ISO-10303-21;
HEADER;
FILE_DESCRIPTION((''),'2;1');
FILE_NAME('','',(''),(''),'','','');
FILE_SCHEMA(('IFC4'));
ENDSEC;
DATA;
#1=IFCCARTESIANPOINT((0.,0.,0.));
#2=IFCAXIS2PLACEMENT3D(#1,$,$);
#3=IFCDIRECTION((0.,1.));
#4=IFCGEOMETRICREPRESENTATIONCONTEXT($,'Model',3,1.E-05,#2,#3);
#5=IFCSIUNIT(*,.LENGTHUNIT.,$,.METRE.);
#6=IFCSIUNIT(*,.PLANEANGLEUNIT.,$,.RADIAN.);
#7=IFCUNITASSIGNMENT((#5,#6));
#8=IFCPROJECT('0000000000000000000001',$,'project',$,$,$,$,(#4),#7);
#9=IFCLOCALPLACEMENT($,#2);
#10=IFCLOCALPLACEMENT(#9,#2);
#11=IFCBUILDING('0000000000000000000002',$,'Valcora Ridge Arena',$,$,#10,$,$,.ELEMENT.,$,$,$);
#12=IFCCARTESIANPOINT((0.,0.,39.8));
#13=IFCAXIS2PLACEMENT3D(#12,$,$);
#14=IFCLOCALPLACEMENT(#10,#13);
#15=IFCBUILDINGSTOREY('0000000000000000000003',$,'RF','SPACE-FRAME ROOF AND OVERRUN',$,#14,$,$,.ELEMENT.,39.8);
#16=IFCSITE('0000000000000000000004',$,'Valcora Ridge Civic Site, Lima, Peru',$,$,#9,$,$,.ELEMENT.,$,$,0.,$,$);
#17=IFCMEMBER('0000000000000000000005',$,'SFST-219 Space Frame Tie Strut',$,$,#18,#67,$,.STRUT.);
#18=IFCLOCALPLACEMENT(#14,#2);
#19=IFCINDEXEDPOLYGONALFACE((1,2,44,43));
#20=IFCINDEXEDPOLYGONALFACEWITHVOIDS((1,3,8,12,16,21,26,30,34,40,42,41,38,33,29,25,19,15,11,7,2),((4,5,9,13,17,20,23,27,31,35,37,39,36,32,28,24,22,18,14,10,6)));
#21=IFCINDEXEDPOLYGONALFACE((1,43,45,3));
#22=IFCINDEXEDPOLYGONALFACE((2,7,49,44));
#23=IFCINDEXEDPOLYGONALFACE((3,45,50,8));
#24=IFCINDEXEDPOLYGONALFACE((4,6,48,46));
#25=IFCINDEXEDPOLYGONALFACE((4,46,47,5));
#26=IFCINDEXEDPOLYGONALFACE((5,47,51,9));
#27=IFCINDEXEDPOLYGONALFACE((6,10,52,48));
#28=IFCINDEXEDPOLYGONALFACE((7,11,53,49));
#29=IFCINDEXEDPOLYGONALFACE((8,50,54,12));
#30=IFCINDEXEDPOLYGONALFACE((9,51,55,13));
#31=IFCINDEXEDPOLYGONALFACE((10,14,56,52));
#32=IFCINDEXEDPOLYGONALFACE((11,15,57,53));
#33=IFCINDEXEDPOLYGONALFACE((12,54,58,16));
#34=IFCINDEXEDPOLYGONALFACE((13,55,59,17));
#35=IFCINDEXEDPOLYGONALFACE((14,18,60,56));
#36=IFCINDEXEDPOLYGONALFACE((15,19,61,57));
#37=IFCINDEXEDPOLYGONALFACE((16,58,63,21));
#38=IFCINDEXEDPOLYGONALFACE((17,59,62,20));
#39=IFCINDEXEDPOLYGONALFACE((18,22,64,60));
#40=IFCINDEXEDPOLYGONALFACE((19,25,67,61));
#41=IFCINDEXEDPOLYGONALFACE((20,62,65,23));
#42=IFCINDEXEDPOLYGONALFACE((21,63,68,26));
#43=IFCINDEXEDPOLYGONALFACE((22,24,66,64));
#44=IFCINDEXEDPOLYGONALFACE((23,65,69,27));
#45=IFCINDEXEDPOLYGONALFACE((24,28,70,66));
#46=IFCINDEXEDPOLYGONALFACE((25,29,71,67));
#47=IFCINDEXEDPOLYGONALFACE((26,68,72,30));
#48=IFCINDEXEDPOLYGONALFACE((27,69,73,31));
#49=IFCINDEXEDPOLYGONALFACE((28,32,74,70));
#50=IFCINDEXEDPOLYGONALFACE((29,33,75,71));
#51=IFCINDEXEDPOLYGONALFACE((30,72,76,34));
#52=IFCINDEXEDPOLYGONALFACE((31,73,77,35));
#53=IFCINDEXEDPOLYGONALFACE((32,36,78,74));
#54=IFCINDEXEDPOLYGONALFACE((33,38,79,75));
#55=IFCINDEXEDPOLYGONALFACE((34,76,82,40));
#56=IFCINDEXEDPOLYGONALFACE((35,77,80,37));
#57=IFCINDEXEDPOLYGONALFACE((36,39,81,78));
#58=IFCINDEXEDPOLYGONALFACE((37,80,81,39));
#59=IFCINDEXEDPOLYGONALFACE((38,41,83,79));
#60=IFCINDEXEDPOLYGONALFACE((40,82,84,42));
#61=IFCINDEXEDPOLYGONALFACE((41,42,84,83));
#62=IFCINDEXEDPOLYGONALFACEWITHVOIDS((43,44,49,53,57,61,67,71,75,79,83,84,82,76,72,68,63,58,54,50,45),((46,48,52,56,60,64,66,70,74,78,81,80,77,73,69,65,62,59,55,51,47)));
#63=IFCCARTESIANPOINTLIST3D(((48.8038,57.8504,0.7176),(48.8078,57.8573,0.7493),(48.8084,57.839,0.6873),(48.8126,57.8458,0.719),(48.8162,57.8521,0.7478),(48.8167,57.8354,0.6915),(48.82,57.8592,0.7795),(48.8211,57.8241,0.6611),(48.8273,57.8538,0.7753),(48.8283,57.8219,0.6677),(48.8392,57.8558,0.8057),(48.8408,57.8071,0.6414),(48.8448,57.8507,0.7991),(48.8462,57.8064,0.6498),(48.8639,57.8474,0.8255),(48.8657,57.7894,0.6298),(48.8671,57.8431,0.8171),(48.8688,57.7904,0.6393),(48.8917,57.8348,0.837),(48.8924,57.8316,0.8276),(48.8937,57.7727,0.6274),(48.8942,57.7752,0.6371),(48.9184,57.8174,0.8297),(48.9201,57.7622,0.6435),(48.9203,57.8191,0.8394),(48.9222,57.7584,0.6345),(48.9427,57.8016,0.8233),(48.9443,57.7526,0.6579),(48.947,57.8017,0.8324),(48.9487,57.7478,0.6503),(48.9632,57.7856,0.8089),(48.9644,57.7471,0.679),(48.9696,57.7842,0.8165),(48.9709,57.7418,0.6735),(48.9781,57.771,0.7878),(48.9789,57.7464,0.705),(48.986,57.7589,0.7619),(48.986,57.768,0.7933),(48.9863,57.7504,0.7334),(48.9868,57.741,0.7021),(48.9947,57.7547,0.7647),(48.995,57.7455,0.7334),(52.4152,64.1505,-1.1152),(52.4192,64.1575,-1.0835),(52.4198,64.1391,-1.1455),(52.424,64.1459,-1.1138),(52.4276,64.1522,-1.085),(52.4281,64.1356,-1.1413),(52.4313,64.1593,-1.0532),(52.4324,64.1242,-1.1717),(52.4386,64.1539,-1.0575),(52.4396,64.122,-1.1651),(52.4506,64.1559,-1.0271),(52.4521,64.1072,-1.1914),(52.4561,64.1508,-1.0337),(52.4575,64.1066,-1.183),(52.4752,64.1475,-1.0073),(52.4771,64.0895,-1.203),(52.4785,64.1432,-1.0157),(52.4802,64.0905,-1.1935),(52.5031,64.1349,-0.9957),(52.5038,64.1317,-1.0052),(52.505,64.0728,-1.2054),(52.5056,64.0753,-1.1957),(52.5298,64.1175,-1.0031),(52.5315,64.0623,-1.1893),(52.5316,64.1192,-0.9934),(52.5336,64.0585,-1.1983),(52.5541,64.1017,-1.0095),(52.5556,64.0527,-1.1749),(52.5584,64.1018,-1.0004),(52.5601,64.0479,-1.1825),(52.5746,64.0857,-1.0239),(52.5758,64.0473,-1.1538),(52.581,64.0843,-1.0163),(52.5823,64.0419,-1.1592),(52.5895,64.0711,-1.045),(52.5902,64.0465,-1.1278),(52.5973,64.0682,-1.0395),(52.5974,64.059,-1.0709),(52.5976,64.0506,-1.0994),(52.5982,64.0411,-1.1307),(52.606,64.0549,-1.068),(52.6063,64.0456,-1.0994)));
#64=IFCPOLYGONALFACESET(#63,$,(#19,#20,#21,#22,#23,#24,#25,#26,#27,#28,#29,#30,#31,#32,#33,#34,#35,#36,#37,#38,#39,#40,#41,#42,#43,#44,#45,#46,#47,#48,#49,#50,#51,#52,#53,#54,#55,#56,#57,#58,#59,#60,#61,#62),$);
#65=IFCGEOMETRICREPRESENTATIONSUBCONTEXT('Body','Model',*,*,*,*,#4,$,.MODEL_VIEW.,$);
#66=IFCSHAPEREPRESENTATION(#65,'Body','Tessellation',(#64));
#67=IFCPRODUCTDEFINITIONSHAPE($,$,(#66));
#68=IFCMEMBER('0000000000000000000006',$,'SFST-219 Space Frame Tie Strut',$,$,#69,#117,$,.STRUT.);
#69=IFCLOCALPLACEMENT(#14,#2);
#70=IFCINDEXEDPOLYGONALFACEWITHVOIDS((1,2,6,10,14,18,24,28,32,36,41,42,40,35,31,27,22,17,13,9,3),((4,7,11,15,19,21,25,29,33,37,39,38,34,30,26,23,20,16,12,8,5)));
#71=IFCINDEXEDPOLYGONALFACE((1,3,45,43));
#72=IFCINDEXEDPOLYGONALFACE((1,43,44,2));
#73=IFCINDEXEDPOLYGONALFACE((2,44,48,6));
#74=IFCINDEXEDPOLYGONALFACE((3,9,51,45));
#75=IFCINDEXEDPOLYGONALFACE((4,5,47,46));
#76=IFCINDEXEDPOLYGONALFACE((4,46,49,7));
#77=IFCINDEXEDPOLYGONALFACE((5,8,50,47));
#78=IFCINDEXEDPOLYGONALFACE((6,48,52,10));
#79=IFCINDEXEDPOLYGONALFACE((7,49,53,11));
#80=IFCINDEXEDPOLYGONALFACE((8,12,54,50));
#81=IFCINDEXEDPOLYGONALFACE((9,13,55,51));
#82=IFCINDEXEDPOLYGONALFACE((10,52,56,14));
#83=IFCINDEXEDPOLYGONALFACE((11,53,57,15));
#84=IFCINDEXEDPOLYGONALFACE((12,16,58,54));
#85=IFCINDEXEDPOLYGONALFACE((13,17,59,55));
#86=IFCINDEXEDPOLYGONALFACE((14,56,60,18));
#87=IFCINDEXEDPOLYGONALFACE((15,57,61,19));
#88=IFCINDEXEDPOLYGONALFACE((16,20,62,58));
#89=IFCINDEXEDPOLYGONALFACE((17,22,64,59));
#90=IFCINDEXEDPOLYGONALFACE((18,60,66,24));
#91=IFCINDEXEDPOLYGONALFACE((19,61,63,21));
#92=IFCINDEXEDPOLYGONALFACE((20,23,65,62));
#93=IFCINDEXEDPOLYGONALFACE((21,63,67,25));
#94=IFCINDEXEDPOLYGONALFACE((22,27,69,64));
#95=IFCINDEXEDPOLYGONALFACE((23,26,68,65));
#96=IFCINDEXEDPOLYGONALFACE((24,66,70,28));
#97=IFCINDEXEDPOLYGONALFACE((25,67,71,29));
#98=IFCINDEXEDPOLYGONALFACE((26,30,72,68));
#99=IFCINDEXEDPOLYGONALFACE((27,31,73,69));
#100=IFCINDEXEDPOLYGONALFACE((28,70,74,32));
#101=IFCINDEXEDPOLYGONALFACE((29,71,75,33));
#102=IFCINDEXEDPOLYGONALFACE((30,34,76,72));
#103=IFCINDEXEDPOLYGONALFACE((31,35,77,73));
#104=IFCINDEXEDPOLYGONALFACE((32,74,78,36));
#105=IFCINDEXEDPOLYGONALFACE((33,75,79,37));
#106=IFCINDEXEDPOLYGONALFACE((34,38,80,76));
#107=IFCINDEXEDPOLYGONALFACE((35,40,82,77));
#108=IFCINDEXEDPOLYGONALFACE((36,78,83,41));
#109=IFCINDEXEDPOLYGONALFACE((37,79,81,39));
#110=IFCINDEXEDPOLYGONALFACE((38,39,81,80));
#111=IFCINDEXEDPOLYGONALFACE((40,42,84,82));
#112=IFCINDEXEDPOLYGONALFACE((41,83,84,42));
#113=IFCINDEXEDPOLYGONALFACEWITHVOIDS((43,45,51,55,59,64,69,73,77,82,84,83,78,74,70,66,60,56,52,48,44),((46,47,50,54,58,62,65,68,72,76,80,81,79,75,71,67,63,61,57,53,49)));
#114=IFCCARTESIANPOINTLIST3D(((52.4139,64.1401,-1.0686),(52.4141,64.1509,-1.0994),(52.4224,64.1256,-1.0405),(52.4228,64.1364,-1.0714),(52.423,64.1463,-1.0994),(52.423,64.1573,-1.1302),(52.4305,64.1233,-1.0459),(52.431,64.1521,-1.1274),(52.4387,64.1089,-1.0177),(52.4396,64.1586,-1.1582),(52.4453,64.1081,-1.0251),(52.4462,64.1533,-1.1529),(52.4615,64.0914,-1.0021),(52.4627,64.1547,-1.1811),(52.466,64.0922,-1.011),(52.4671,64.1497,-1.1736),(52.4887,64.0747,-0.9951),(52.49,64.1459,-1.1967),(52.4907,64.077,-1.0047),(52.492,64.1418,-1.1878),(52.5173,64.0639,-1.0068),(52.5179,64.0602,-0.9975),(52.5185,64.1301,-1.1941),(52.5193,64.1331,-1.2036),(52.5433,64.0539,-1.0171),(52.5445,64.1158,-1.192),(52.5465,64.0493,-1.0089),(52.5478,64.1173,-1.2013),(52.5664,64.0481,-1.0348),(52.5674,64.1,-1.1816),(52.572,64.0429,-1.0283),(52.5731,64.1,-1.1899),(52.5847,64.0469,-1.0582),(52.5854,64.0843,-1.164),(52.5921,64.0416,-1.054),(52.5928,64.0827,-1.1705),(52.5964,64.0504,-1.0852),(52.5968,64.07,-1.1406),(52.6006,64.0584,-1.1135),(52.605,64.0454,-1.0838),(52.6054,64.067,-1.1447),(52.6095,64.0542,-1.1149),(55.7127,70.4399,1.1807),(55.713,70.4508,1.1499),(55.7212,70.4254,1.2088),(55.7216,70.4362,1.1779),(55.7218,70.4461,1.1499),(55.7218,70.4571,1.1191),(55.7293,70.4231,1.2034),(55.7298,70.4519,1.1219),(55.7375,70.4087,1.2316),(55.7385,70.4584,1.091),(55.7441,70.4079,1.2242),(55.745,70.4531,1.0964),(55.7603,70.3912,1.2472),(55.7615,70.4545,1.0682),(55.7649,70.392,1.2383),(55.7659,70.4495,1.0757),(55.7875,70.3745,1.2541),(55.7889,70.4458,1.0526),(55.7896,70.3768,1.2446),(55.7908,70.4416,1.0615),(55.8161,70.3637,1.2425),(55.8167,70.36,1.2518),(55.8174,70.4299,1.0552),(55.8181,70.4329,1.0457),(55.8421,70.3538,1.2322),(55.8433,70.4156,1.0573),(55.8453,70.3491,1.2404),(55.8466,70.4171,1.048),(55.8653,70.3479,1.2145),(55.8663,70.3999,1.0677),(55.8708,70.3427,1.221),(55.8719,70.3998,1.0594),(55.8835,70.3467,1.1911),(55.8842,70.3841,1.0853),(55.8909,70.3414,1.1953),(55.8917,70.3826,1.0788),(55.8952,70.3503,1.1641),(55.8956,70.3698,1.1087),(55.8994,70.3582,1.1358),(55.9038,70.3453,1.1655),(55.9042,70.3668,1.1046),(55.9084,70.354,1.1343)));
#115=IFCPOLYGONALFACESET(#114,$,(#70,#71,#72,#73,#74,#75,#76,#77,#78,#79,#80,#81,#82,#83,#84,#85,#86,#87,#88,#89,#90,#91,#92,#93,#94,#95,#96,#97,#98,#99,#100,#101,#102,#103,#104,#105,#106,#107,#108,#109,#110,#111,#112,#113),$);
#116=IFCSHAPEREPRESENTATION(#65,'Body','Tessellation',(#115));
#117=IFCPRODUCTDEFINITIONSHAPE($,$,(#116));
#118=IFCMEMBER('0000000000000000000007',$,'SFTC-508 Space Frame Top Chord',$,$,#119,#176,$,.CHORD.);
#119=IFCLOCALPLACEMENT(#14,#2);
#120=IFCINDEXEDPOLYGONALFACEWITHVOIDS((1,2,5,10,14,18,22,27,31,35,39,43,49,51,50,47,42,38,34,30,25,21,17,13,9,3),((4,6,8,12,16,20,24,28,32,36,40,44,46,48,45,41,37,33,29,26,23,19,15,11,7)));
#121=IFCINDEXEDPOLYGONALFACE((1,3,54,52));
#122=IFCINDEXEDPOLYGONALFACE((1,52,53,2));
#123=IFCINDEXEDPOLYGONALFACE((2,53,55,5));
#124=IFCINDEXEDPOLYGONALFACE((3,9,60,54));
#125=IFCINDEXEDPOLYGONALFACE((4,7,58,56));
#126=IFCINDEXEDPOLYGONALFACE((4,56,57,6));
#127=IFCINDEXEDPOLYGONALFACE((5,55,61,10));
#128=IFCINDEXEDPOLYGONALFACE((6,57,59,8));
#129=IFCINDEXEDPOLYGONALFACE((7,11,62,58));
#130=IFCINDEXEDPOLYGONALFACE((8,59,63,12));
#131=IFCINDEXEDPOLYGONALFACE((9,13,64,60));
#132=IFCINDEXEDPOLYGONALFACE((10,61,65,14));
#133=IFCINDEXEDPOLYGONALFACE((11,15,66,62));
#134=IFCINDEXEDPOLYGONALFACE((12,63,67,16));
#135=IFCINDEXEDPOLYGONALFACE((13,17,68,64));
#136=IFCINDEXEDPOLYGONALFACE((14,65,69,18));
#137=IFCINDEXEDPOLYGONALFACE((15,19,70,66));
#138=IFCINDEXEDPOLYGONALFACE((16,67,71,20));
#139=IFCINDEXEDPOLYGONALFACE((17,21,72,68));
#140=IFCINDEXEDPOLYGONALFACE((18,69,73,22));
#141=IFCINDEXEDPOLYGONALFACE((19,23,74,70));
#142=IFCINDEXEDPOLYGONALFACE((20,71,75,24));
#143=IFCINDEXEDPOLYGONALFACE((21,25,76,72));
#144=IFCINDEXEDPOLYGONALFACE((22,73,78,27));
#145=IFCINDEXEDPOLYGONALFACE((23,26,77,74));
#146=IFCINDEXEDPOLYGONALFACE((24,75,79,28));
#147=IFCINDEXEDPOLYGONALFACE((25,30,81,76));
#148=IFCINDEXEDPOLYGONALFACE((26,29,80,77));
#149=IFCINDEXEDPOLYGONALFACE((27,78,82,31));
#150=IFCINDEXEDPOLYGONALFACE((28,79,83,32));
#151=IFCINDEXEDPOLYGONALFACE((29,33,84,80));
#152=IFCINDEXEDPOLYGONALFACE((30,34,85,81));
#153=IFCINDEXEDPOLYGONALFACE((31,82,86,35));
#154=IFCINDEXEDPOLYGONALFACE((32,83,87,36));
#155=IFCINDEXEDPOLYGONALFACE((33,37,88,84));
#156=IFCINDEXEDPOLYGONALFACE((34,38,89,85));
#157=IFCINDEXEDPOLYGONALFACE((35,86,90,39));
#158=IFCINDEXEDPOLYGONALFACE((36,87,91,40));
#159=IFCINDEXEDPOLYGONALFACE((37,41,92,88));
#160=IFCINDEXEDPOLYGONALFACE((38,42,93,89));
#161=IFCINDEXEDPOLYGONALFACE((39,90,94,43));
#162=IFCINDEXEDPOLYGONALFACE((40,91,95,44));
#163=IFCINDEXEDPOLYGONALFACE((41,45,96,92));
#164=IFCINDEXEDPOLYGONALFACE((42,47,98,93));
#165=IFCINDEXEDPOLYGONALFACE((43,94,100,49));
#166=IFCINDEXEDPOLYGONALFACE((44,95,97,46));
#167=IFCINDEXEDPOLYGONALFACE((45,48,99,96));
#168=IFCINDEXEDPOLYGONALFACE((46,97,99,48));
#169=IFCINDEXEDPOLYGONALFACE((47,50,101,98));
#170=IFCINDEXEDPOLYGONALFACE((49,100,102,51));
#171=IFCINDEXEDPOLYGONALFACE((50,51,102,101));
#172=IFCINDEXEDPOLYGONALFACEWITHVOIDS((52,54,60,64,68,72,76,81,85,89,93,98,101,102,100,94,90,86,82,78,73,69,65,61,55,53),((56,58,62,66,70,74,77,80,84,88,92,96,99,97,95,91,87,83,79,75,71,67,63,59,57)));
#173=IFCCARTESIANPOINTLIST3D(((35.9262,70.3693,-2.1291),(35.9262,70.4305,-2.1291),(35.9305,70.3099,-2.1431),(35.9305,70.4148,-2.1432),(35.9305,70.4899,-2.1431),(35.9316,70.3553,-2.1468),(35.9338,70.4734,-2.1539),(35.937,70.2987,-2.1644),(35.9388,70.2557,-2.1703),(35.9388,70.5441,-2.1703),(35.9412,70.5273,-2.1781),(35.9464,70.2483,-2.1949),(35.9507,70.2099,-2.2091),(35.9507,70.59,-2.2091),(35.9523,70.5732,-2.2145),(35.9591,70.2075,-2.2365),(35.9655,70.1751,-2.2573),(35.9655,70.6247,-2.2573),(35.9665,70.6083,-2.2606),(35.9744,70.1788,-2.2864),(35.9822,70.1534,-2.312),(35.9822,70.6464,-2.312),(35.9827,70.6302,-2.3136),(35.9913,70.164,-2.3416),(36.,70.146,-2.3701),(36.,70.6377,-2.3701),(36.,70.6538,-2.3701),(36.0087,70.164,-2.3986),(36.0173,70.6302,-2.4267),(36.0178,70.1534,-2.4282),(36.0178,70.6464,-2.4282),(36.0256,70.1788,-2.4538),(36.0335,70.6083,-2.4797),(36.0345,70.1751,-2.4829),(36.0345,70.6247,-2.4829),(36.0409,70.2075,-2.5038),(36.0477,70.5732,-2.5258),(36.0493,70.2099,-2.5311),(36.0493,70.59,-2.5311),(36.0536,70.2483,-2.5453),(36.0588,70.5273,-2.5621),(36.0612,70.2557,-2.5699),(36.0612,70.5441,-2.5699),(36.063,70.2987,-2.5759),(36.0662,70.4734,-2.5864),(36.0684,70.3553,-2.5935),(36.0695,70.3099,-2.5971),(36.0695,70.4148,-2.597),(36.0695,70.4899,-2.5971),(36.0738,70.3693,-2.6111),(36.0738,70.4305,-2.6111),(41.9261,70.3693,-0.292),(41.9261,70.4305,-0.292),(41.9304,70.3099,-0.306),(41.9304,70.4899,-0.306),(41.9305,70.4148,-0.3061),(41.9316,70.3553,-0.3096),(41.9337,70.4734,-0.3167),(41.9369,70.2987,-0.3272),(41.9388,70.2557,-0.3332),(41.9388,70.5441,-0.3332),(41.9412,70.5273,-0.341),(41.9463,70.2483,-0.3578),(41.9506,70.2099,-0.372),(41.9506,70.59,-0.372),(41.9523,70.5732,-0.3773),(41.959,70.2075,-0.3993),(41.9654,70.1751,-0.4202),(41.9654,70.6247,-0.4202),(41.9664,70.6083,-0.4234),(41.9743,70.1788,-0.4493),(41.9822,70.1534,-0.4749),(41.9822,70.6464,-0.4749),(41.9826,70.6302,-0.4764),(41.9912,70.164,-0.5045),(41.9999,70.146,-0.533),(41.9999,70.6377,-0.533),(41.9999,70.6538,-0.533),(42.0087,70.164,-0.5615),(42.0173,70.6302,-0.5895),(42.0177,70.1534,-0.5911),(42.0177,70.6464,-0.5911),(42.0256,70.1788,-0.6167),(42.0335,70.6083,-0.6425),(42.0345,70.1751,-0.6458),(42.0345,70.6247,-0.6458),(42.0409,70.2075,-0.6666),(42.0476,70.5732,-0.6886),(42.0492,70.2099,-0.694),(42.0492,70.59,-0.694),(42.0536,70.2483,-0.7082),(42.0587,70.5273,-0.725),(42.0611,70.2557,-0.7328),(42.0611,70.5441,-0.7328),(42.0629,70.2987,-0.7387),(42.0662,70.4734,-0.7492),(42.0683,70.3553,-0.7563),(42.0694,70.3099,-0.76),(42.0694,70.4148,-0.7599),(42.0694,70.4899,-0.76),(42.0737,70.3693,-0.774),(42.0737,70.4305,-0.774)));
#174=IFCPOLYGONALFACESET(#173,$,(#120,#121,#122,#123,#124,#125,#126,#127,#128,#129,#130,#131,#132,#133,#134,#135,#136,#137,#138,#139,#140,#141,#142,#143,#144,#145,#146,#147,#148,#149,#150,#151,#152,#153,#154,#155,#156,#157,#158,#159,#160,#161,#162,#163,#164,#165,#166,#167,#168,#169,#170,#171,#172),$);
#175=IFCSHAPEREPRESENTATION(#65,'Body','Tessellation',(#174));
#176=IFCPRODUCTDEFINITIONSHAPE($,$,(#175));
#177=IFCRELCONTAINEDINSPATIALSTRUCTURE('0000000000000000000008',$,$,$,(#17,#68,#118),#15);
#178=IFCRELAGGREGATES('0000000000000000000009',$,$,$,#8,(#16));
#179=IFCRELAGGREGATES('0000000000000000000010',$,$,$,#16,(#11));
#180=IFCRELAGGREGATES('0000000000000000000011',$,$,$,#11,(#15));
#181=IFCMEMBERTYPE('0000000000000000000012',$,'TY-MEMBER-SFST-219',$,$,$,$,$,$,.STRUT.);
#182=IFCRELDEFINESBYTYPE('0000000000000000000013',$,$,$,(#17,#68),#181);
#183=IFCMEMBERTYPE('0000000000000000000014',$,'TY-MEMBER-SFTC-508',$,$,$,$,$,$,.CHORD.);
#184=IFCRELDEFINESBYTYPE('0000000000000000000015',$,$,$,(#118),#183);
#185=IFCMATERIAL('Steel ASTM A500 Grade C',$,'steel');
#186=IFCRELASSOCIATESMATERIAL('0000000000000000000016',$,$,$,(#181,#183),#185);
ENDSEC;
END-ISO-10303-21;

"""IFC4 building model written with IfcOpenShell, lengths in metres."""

from ifc_helpers import new_model, si_unit, direction, frame, origin, origin_2d, place, context, subcontext, project, spatial, hollow_circle, extrude, material, material_profile, profile_set, type_object, element, save


model = new_model("IFC4")

# Units and contexts
model_context = context("Model", 3, precision=1e-05, world=origin(), true_north=direction((0.0, 1.0)))
body_context = subcontext(model_context, "Body", "Model", "MODEL_VIEW")
ifc_project = project(units=[si_unit("LENGTHUNIT", "METRE"), si_unit("PLANEANGLEUNIT", "RADIAN")], contexts=[model_context])

# Site, building, storey
site_placement = place(None, origin())
site = spatial("IfcSite", under=ifc_project, at=site_placement, Name="Valcora Ridge Civic Site, Lima, Peru", CompositionType="ELEMENT", RefElevation=0.0)
building_placement = place(site_placement, origin())
building = spatial("IfcBuilding", under=site, at=building_placement, Name="Valcora Ridge Arena", CompositionType="ELEMENT")
storey_placement = place(building_placement, frame((0.0, 0.0, 39.8)))
storey = spatial("IfcBuildingStorey", under=building, at=storey_placement, Name="RF", Description="SPACE-FRAME ROOF AND OVERRUN", CompositionType="ELEMENT", Elevation=39.8)

# Members
ifc_material_1 = material(Name="Steel ASTM A500 Grade C", Category="steel")
ifc_material_profile_1 = material_profile(ifc_material_1, hollow_circle(Radius=0.1096, WallThickness=0.01, at=origin_2d()), Name="CHS219X10")
ifc_profile_set_1 = profile_set([ifc_material_profile_1], Name="Steel ASTM A500 Grade C")
member_type_1 = type_object("IfcMemberType", Name="TY-MEMBER-SFST-219", PredefinedType="STRUT", material=ifc_profile_set_1)
member_1_placement = place(storey_placement, frame((52.5112, 64.1001, -1.0994), z_axis=(-0.482191, -0.841194, 0.244714), x_axis=(0.867572, -0.497312, 0.0)))
element("IfcMember", 1, at=member_1_placement, inside=storey, type_object=member_type_1, Name="SFST-219 Space Frame Tie Strut", PredefinedType="STRUT", context=body_context, shape_type="SweptSolid", body=[
    extrude(hollow_circle(Radius=0.1096, WallThickness=0.01, at=origin_2d()), origin(), (0.0, 0.0, 1.0), 7.4895),
])
member_2_placement = place(storey_placement, frame((52.5112, 64.1001, -1.0994), z_axis=(0.442292, 0.844649, 0.301572), x_axis=(-0.885893, 0.463889, 0.0)))
element("IfcMember", 2, at=member_2_placement, inside=storey, type_object=member_type_1, Name="SFST-219 Space Frame Tie Strut", PredefinedType="STRUT", context=body_context, shape_type="SweptSolid", body=[
    extrude(hollow_circle(Radius=0.1096, WallThickness=0.01, at=origin_2d()), origin(), (0.0, 0.0, 1.0), 7.4585),
])
ifc_material_profile_2 = material_profile(ifc_material_1, hollow_circle(Radius=0.2539, WallThickness=0.0161, at=origin_2d()), Name="CHS508X16")
ifc_profile_set_2 = profile_set([ifc_material_profile_2], Name="Steel ASTM A500 Grade C")
member_type_2 = type_object("IfcMemberType", Name="TY-MEMBER-SFTC-508", PredefinedType="CHORD", material=ifc_profile_set_2)
member_3_placement = place(storey_placement, frame((36.0, 70.3999, -2.3701), z_axis=(0.956181, 0.0, 0.292776), x_axis=(0.0, 1.0, 0.0)))
element("IfcMember", 3, at=member_3_placement, inside=storey, type_object=member_type_2, Name="SFTC-508 Space Frame Top Chord", PredefinedType="CHORD", context=body_context, shape_type="SweptSolid", body=[
    extrude(hollow_circle(Radius=0.2539, WallThickness=0.0161, at=origin_2d()), origin(), (0.0, 0.0, 1.0), 6.2749),
])

save(model, "model.ifc")
